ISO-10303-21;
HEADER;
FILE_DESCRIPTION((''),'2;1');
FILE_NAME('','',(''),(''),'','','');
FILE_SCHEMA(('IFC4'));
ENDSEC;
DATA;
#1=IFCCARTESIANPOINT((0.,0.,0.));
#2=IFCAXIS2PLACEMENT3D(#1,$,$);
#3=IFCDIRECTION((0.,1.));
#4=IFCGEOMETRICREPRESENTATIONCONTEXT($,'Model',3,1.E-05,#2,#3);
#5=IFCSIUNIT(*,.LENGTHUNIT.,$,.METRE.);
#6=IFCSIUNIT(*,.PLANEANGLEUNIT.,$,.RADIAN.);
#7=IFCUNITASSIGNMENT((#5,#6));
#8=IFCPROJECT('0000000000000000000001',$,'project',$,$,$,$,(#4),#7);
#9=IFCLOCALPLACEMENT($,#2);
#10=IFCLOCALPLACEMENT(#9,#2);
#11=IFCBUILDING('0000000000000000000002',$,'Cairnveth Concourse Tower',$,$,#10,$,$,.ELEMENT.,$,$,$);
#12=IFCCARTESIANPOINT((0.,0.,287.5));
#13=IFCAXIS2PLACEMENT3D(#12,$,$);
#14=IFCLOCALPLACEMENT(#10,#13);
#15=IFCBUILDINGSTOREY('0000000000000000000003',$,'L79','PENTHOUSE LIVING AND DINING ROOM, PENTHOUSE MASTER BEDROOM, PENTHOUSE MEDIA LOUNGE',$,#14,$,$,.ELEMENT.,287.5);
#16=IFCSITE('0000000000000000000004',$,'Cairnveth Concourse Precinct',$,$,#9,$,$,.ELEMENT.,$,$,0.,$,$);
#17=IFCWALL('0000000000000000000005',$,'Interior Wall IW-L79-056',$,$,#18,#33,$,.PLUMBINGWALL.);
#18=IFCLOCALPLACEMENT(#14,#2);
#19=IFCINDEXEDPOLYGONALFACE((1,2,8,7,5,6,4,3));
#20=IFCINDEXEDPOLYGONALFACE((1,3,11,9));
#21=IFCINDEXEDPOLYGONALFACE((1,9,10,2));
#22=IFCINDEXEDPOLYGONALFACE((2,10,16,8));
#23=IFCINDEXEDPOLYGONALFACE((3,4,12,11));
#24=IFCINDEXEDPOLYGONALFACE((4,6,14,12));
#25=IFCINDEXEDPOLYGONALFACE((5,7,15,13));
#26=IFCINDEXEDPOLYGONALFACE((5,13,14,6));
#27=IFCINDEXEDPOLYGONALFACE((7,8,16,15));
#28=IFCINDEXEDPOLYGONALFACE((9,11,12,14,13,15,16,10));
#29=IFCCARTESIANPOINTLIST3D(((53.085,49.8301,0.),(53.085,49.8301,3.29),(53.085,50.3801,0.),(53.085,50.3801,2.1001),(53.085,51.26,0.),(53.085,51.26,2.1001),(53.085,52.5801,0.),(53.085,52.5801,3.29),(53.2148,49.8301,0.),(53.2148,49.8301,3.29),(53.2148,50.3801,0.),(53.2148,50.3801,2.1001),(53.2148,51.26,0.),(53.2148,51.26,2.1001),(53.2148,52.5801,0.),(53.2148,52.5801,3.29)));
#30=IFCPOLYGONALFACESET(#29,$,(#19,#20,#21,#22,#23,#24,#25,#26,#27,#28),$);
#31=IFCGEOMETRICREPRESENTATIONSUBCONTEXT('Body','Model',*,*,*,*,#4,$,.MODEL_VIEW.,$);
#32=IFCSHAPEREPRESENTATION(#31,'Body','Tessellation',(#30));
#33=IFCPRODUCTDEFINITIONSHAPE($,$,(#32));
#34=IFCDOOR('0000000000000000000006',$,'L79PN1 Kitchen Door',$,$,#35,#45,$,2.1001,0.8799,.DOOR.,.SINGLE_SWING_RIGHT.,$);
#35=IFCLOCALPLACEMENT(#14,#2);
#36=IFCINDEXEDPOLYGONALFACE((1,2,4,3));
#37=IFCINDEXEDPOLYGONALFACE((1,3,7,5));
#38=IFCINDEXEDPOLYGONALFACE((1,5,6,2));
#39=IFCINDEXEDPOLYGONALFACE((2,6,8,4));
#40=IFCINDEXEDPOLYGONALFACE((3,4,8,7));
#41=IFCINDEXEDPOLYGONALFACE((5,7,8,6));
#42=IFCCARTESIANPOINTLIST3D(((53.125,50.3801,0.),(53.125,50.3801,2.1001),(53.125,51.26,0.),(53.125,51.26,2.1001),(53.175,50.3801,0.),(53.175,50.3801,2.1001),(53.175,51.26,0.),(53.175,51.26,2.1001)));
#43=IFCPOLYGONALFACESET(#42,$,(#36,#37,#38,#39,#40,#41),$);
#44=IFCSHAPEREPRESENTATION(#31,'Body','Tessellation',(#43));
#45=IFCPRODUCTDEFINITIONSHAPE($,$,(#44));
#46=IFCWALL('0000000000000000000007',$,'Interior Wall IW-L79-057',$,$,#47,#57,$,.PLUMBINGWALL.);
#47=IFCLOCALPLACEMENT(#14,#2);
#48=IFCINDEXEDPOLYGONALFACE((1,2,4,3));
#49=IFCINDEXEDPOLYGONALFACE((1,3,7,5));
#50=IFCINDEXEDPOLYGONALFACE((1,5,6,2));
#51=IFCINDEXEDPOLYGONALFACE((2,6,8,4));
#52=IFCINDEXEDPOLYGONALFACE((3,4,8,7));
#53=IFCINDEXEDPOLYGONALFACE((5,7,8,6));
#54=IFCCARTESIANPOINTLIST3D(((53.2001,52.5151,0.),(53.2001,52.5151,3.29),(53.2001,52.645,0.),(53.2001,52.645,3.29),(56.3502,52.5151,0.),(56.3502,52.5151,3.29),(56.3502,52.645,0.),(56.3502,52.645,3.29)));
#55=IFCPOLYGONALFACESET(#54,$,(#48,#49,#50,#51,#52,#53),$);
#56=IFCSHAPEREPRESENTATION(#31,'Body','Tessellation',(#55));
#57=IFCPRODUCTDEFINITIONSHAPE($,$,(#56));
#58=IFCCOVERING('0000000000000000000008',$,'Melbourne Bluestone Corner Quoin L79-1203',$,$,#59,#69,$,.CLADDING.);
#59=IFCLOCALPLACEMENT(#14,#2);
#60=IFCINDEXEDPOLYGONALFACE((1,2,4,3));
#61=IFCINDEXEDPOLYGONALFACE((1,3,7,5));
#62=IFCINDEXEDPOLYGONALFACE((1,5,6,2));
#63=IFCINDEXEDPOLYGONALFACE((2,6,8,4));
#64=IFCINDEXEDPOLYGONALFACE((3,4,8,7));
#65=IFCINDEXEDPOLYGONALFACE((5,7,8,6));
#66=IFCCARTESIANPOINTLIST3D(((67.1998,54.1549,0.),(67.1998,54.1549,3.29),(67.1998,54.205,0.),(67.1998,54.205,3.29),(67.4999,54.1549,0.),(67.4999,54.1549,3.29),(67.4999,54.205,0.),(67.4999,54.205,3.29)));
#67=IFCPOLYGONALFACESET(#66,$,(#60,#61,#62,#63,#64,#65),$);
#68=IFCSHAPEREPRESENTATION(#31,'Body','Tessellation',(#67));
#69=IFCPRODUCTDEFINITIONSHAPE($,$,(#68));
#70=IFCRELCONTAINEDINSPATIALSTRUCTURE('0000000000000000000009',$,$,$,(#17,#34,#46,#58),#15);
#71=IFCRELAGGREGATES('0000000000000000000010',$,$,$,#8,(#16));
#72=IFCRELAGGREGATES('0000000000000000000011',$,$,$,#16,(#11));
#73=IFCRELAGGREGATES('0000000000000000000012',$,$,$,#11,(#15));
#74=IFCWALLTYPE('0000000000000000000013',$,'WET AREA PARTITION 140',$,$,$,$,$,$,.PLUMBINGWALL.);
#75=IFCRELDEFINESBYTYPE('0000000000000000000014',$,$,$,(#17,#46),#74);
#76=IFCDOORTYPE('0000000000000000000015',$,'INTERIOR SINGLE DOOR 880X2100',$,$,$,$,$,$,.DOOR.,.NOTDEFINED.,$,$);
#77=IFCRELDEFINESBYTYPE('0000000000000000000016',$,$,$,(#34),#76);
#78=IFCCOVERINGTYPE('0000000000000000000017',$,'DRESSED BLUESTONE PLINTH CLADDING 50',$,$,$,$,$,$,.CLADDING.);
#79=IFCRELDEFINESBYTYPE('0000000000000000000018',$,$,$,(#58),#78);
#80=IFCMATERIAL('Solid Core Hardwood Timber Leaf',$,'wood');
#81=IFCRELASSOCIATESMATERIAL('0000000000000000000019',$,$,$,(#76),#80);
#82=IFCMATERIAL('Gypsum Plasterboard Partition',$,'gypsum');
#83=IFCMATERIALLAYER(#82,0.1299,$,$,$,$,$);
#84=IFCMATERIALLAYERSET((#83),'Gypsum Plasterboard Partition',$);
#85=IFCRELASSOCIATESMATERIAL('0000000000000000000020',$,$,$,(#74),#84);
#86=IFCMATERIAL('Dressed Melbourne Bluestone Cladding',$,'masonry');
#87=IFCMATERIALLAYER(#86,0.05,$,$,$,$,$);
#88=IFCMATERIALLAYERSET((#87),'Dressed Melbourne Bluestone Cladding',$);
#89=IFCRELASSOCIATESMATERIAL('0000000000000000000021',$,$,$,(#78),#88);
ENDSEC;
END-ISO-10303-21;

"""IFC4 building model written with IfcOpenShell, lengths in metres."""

from ifc_helpers import new_model, si_unit, direction, frame, frame_2d, origin, place, context, subcontext, project, spatial, rectangle, extrude, material, layer, layer_set, type_object, element, fill, save


model = new_model("IFC4")

# Units and contexts
model_context = context("Model", 3, precision=1e-05, world=origin(), true_north=direction((0.0, 1.0)))
body_context = subcontext(model_context, "Body", "Model", "MODEL_VIEW")
ifc_project = project(units=[si_unit("LENGTHUNIT", "METRE"), si_unit("PLANEANGLEUNIT", "RADIAN")], contexts=[model_context])

# Site, building, storey
site_placement = place(None, origin())
site = spatial("IfcSite", under=ifc_project, at=site_placement, Name="Cairnveth Concourse Precinct", CompositionType="ELEMENT", RefElevation=0.0)
building_placement = place(site_placement, origin())
building = spatial("IfcBuilding", under=site, at=building_placement, Name="Cairnveth Concourse Tower", CompositionType="ELEMENT")
storey_placement = place(building_placement, frame((0.0, 0.0, 287.5)))
storey = spatial("IfcBuildingStorey", under=building, at=storey_placement, Name="L79", Description="PENTHOUSE LIVING AND DINING ROOM, PENTHOUSE MASTER BEDROOM, PENTHOUSE MEDIA LOUNGE", CompositionType="ELEMENT", Elevation=287.5)

# Shared definitions
ifc_material_1 = material(Name="Gypsum Plasterboard Partition", Category="gypsum")

# Shared definitions
ifc_material_2 = material(Name="Solid Core Hardwood Timber Leaf", Category="wood")
door_type_1 = type_object("IfcDoorType", Name="INTERIOR SINGLE DOOR 880X2100", OperationType="NOTDEFINED", PredefinedType="DOOR", material=ifc_material_2)
ifc_layer_1 = layer(ifc_material_1, 0.1299)
ifc_layer_set_1 = layer_set([ifc_layer_1], Name="Gypsum Plasterboard Partition")
wall_type_1 = type_object("IfcWallType", Name="WET AREA PARTITION 140", PredefinedType="PLUMBINGWALL", material=ifc_layer_set_1)

# Wall, opening, door
wall_1_placement = place(storey_placement, frame((53.1499, 49.8301, 0.0), z_axis=(0.0, 0.0, 1.0), x_axis=(0.0, 1.0, 0.0)))
wall_1 = element("IfcWall", 1, at=wall_1_placement, inside=storey, type_object=wall_type_1, Name="Interior Wall IW-L79-056", PredefinedType="PLUMBINGWALL", context=body_context, shape_type="SweptSolid", body=[
    extrude(rectangle(XDim=2.75, YDim=0.1299, at=frame_2d((1.375, 0.0))), origin(), (0.0, 0.0, 1.0), 3.29),
])
opening_1_placement = place(wall_1_placement, frame((0.55, 0.0, 0.0)))
opening_1 = element("IfcOpeningElement", 2, at=opening_1_placement, cuts=wall_1, PredefinedType="OPENING", context=body_context, shape_type="SweptSolid", body=[
    extrude(rectangle(XDim=0.8799, YDim=2.1001, at=frame_2d((0.4399, 1.05))), frame((0.0, 0.075, 0.0), z_axis=(0.0, -1.0, 0.0), x_axis=(1.0, 0.0, 0.0)), (0.0, 0.0, 1.0), 0.1499),
])
door_1_placement = place(opening_1_placement, origin())
door_1 = element("IfcDoor", 3, at=door_1_placement, inside=storey, type_object=door_type_1, Name="L79PN1 Kitchen Door", OperationType="SINGLE_SWING_RIGHT", OverallHeight=2.1001, OverallWidth=0.8799, PredefinedType="DOOR", context=body_context, shape_type="SweptSolid", body=[
    extrude(rectangle(XDim=0.8799, YDim=2.1001, at=frame_2d((0.4399, 1.05))), frame((0.0, 0.0249, 0.0), z_axis=(0.0, -1.0, 0.0), x_axis=(1.0, 0.0, 0.0)), (0.0, 0.0, 1.0), 0.05),
])
fill(opening_1, door_1)

# Wall
wall_2_placement = place(storey_placement, frame((53.2, 52.5801, 0.0), z_axis=(0.0, 0.0, 1.0), x_axis=(1.0, 0.0, 0.0)))
element("IfcWall", 4, at=wall_2_placement, inside=storey, type_object=wall_type_1, Name="Interior Wall IW-L79-057", PredefinedType="PLUMBINGWALL", context=body_context, shape_type="SweptSolid", body=[
    extrude(rectangle(XDim=3.1501, YDim=0.1299, at=frame_2d((1.5752, 0.0))), origin(), (0.0, 0.0, 1.0), 3.29),
])

# Covering
ifc_material_3 = material(Name="Dressed Melbourne Bluestone Cladding", Category="masonry")
ifc_layer_2 = layer(ifc_material_3, 0.05)
ifc_layer_set_2 = layer_set([ifc_layer_2], Name="Dressed Melbourne Bluestone Cladding")
covering_type = type_object("IfcCoveringType", Name="DRESSED BLUESTONE PLINTH CLADDING 50", PredefinedType="CLADDING", material=ifc_layer_set_2)
covering_placement = place(storey_placement, frame((67.2, 54.1799, 0.0), z_axis=(0.0, 0.0, 1.0), x_axis=(1.0, 0.0, 0.0)))
element("IfcCovering", 5, at=covering_placement, inside=storey, type_object=covering_type, Name="Melbourne Bluestone Corner Quoin L79-1203", PredefinedType="CLADDING", context=body_context, shape_type="SweptSolid", body=[
    extrude(rectangle(XDim=0.3, YDim=0.05, at=frame_2d((0.1499, 0.0))), origin(), (0.0, 0.0, 1.0), 3.29),
])

save(model, "model.ifc")
